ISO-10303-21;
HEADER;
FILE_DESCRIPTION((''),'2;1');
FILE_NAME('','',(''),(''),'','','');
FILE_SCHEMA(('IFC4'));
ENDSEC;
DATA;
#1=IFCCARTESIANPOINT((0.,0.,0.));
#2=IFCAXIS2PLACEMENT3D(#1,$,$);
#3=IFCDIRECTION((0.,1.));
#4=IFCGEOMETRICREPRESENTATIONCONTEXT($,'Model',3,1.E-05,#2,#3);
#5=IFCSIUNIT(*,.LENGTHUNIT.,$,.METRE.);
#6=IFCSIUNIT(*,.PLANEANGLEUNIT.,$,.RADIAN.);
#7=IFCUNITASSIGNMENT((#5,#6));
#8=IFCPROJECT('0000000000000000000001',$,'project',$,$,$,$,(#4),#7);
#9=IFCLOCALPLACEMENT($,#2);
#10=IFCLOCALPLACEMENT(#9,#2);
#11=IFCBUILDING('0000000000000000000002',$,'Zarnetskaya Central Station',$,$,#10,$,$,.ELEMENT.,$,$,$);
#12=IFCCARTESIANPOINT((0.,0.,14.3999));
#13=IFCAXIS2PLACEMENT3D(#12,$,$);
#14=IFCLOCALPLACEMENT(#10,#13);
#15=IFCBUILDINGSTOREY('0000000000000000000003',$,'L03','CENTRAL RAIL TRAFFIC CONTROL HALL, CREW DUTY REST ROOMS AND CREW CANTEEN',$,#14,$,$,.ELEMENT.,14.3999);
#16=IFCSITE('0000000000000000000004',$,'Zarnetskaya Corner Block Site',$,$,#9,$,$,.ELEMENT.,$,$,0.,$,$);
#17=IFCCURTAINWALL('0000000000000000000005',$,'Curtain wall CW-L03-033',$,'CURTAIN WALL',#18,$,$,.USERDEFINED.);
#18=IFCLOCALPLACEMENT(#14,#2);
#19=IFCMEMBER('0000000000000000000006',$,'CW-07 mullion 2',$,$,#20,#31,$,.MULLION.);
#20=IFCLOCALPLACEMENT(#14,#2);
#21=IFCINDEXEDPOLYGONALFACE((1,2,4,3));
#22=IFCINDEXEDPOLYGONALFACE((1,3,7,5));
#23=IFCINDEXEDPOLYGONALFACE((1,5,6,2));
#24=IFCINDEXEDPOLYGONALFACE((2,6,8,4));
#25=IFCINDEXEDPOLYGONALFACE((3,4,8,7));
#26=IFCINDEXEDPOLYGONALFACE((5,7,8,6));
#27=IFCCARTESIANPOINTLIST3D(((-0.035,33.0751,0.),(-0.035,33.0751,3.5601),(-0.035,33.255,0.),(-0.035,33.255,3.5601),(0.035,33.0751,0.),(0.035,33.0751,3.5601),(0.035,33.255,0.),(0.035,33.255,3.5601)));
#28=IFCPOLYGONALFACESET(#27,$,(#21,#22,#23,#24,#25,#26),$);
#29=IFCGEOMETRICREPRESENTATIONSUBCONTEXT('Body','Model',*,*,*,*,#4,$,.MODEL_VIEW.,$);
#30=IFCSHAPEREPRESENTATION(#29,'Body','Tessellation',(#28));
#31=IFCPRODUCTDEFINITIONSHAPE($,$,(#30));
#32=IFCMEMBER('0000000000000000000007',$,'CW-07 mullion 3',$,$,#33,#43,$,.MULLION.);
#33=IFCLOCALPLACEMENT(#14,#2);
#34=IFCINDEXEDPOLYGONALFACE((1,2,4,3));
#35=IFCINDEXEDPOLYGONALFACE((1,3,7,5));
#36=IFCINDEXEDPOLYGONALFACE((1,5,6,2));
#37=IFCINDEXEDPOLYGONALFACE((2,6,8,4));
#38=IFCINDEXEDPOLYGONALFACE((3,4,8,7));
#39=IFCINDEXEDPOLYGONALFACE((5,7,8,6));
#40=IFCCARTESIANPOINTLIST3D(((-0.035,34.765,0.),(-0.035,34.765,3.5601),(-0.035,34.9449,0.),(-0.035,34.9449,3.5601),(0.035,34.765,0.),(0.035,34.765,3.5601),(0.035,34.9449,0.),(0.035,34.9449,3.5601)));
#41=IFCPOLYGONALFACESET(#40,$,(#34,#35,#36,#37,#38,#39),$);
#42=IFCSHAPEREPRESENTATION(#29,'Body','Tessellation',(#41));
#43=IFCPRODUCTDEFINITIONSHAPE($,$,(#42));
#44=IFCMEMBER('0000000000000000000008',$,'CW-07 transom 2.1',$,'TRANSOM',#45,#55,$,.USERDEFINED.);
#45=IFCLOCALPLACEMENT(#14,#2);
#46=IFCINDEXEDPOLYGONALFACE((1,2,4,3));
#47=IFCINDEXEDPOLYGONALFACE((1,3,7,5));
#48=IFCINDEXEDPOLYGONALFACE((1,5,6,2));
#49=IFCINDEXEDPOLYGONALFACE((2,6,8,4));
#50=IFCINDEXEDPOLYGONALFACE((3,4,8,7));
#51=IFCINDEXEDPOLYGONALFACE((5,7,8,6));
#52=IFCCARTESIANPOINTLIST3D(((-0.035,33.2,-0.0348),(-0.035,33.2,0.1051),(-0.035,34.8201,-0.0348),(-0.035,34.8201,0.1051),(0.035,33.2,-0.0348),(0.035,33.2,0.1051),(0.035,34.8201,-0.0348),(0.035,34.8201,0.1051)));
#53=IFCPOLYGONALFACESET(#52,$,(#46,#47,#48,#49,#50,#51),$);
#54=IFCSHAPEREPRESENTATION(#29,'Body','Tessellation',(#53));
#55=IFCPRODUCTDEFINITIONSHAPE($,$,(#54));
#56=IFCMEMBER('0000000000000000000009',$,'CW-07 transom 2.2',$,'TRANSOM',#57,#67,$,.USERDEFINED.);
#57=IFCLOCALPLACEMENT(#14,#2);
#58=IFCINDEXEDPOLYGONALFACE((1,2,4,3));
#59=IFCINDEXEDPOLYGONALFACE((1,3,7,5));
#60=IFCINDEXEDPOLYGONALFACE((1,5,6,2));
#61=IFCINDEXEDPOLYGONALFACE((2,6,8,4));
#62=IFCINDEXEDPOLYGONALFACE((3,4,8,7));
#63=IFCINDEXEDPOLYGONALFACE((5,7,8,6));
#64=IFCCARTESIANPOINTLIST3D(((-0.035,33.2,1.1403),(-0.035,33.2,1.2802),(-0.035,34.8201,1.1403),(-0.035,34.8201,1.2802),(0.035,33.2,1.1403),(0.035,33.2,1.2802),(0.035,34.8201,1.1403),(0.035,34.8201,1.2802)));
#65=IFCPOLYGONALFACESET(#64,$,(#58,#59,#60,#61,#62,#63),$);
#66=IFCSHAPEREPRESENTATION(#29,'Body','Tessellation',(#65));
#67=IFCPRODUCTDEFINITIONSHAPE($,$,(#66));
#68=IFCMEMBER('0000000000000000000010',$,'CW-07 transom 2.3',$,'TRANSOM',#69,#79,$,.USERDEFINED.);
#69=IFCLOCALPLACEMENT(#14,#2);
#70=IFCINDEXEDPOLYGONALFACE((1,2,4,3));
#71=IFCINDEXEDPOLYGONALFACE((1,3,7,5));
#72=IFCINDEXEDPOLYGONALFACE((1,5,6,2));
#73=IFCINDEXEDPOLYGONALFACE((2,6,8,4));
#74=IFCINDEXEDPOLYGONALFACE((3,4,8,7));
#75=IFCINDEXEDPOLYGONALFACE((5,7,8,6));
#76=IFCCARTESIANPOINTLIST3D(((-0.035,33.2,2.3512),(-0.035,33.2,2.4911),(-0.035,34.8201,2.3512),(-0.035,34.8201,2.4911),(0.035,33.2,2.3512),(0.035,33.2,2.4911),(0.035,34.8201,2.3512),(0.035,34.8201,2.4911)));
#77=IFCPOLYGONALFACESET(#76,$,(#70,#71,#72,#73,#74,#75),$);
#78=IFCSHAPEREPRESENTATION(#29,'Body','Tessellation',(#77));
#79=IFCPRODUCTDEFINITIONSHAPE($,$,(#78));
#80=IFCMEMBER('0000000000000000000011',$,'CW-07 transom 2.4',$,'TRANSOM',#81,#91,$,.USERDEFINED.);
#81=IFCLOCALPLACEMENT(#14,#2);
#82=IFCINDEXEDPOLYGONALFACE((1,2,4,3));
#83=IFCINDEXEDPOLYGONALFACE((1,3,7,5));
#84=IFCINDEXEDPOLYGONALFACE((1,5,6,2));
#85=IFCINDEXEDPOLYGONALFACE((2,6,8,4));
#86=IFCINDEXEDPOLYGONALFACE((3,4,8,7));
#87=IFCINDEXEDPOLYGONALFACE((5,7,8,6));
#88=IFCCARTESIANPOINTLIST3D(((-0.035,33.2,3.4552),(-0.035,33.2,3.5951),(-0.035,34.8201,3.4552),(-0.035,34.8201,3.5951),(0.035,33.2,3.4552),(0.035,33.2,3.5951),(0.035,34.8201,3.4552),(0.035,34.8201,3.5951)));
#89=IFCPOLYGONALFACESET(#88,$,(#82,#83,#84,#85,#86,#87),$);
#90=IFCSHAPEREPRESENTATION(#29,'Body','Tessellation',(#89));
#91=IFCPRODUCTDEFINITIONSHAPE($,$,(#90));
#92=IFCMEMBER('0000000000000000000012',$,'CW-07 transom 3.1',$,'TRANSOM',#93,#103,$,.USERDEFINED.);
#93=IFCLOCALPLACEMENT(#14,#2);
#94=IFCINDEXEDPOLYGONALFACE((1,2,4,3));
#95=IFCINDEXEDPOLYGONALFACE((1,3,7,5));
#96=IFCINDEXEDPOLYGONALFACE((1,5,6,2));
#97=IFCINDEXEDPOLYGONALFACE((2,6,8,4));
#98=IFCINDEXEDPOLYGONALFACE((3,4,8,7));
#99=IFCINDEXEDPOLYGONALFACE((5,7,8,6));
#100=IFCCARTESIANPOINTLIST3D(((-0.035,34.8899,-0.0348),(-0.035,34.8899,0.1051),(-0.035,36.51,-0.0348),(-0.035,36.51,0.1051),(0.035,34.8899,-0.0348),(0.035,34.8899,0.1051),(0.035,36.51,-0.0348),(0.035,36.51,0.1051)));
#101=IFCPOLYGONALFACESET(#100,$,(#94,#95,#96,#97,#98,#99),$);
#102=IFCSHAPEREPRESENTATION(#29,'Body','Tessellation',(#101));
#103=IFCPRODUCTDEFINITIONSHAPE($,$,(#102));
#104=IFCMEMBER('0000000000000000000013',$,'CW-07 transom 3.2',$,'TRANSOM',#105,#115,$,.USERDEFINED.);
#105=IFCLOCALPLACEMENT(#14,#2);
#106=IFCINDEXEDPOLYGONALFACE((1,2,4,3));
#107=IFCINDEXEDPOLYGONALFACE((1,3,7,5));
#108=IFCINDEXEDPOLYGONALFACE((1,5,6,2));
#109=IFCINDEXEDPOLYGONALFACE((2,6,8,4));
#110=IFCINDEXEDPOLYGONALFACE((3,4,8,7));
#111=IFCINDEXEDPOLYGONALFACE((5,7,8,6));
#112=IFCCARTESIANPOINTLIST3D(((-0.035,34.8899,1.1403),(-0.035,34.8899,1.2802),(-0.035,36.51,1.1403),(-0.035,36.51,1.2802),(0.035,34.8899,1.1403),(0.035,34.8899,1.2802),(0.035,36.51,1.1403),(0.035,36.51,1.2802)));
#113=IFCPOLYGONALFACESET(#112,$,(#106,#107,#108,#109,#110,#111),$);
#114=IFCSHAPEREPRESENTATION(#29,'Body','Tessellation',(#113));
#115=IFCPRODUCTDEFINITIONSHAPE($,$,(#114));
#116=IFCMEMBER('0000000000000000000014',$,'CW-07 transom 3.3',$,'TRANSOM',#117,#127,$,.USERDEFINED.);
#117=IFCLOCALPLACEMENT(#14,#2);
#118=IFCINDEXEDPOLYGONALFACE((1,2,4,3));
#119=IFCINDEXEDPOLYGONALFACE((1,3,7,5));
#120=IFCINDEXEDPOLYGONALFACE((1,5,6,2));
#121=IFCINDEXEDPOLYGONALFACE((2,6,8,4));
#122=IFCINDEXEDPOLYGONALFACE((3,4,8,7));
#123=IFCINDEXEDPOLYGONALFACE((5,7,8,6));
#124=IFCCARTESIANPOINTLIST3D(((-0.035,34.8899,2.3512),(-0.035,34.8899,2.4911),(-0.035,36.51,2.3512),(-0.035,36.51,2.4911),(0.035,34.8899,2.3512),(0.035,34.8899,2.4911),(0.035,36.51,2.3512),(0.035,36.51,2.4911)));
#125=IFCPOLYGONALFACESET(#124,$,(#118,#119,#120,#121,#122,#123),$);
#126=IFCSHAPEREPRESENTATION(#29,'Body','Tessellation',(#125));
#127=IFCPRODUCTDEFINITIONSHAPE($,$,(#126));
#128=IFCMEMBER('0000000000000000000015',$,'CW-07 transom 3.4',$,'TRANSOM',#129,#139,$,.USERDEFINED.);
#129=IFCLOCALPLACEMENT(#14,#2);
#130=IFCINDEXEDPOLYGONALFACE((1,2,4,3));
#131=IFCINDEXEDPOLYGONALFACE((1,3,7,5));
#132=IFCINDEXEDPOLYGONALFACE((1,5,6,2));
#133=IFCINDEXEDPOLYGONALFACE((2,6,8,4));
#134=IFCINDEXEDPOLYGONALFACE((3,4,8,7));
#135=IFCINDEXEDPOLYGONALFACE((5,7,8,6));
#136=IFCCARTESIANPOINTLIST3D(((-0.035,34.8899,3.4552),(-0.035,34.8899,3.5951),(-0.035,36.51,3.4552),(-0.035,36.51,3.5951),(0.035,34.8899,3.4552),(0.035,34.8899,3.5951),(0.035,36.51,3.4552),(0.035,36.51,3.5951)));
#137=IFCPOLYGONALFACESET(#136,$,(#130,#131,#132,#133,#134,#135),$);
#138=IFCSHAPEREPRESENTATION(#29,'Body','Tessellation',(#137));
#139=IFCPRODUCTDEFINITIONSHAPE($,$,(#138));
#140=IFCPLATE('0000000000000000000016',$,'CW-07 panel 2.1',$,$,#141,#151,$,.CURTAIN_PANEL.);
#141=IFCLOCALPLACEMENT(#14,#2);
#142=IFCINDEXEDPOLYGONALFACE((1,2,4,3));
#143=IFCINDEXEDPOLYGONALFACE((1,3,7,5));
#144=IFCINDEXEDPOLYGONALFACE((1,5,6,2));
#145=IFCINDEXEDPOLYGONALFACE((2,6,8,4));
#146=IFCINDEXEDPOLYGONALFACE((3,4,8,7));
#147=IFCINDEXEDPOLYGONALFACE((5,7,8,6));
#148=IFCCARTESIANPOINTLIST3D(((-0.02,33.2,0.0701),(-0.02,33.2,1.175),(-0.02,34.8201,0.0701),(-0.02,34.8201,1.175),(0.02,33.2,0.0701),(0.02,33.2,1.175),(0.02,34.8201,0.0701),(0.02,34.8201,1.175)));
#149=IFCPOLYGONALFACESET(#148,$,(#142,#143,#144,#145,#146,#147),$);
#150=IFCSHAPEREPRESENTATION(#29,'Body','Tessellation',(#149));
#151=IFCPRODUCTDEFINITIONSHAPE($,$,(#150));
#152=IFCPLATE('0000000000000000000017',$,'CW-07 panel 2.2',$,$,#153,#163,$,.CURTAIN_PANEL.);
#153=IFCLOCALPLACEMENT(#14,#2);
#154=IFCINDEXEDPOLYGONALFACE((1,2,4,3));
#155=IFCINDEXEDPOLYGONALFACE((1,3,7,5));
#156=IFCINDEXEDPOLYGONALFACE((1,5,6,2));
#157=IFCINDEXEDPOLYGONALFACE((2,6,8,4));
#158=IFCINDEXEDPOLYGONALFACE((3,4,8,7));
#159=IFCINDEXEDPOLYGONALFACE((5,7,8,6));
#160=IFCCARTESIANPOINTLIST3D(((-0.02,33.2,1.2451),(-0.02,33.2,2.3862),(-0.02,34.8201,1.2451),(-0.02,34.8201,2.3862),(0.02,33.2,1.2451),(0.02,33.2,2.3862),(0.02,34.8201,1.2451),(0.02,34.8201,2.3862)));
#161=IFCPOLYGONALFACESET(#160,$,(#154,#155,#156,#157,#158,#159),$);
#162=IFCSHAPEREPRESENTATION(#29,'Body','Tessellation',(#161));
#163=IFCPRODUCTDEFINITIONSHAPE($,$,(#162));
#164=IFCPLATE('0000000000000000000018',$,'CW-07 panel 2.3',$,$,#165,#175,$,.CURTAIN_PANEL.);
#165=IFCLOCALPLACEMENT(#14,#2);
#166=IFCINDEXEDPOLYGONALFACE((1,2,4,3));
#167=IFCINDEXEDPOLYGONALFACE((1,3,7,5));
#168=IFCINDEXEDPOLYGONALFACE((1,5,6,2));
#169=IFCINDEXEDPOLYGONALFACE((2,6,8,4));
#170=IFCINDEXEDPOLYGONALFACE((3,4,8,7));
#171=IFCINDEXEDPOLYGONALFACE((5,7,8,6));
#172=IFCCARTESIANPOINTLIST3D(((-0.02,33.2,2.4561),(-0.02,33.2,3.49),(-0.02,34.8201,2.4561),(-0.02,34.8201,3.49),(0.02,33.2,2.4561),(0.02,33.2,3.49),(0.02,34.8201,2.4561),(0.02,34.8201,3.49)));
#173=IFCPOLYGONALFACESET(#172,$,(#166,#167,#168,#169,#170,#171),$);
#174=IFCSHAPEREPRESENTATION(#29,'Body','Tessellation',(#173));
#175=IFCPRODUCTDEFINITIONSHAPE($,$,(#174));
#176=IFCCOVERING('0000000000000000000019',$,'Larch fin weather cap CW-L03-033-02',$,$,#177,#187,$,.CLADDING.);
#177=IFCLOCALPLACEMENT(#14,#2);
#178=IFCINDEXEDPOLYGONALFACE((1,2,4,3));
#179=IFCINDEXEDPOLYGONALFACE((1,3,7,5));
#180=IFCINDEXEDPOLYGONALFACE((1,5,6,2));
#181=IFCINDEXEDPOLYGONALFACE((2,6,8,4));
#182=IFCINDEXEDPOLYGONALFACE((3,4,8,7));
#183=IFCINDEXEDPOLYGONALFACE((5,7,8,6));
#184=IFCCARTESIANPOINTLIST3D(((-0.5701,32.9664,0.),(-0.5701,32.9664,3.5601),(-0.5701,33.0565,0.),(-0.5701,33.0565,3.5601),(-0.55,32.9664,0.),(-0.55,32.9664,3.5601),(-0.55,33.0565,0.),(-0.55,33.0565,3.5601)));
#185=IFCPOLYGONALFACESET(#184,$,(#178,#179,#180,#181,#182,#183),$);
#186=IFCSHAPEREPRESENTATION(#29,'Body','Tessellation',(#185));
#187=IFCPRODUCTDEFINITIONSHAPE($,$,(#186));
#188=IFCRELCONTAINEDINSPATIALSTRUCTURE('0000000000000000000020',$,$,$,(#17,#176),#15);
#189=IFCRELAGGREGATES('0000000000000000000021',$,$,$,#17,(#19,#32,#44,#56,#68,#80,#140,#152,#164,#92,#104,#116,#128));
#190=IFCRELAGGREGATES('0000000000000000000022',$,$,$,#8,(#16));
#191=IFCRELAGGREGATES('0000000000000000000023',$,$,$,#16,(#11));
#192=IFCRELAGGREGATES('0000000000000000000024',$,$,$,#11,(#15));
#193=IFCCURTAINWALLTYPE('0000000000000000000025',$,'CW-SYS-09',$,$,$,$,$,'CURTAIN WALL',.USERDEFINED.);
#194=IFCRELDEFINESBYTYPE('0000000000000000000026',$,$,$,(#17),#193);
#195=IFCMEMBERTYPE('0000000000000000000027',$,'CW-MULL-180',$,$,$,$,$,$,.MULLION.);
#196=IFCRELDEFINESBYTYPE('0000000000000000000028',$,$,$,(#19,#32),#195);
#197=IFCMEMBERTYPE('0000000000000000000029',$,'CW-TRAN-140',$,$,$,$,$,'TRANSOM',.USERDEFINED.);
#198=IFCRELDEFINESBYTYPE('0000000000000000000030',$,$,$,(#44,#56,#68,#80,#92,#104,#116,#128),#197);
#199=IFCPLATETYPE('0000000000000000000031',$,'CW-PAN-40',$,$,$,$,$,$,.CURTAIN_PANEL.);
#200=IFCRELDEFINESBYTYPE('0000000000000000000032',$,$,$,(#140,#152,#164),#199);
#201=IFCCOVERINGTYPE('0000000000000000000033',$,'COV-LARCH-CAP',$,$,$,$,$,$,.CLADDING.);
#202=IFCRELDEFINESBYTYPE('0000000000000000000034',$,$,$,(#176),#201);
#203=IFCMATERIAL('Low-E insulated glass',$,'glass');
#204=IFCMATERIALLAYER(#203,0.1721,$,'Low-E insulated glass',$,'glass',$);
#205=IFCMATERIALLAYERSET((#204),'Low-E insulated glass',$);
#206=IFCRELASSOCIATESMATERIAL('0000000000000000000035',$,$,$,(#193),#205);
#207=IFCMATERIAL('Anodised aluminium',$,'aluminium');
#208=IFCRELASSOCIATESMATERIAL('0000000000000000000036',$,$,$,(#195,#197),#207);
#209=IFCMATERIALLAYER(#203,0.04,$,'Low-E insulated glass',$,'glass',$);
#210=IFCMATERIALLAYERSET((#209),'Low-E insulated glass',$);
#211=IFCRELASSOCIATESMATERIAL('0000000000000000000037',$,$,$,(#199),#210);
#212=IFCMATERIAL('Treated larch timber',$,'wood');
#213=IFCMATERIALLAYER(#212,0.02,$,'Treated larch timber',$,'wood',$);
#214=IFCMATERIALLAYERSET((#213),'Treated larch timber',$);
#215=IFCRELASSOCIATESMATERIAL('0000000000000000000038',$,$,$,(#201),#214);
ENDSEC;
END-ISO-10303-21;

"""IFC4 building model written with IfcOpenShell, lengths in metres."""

from ifc_helpers import new_model, si_unit, direction, frame, origin, origin_2d, place, context, subcontext, project, spatial, rectangle, extrude, material, layer, layer_set, material_profile, profile_set, type_object, element, aggregate, save


model = new_model("IFC4")

# Units and contexts
model_context = context("Model", 3, precision=1e-05, world=origin(), true_north=direction((0.0, 1.0)))
body_context = subcontext(model_context, "Body", "Model", "MODEL_VIEW")
ifc_project = project(units=[si_unit("LENGTHUNIT", "METRE"), si_unit("PLANEANGLEUNIT", "RADIAN")], contexts=[model_context])

# Site, building, storey
site_placement = place(None, origin())
site = spatial("IfcSite", under=ifc_project, at=site_placement, Name="Zarnetskaya Corner Block Site", CompositionType="ELEMENT", RefElevation=0.0)
building_placement = place(site_placement, origin())
building = spatial("IfcBuilding", under=site, at=building_placement, Name="Zarnetskaya Central Station", CompositionType="ELEMENT")
storey_placement = place(building_placement, frame((0.0, 0.0, 14.3999)))
storey = spatial("IfcBuildingStorey", under=building, at=storey_placement, Name="L03", Description="CENTRAL RAIL TRAFFIC CONTROL HALL, CREW DUTY REST ROOMS AND CREW CANTEEN", CompositionType="ELEMENT", Elevation=14.3999)

# Curtain wall, members, plates
ifc_material_1 = material(Name="Low-E insulated glass", Category="glass")
ifc_layer_1 = layer(ifc_material_1, 0.1721, Name="Low-E insulated glass", Category="glass")
ifc_layer_set_1 = layer_set([ifc_layer_1], Name="Low-E insulated glass")
curtain_wall_type = type_object("IfcCurtainWallType", Name="CW-SYS-09", ElementType="CURTAIN WALL", PredefinedType="USERDEFINED", material=ifc_layer_set_1)
curtain_wall_placement = place(storey_placement, origin())
curtain_wall = element("IfcCurtainWall", 1, at=curtain_wall_placement, inside=storey, type_object=curtain_wall_type, Name="Curtain wall CW-L03-033", ObjectType="CURTAIN WALL", PredefinedType="USERDEFINED")
ifc_material_2 = material(Name="Anodised aluminium", Category="aluminium")
ifc_material_profile_1 = material_profile(ifc_material_2, rectangle(XDim=0.0701, YDim=0.1799, at=origin_2d()), Name="ALU MULL 70x180")
ifc_profile_set_1 = profile_set([ifc_material_profile_1], Name="Anodised aluminium")
member_type_1 = type_object("IfcMemberType", Name="CW-MULL-180", PredefinedType="MULLION", material=ifc_profile_set_1)
member_1_placement = place(storey_placement, frame((0.0, 33.165, 0.0), z_axis=(0.0, 0.0, 1.0), x_axis=(-1.0, 0.0, 0.0)))
member_1 = element("IfcMember", 2, at=member_1_placement, type_object=member_type_1, Name="CW-07 mullion 2", PredefinedType="MULLION", context=body_context, shape_type="SweptSolid", body=[
    extrude(rectangle(XDim=0.0701, YDim=0.1799, at=origin_2d()), origin(), (0.0, 0.0, 1.0), 3.5601),
])
member_2_placement = place(storey_placement, frame((0.0, 34.855, 0.0), z_axis=(0.0, 0.0, 1.0), x_axis=(-1.0, 0.0, 0.0)))
member_2 = element("IfcMember", 3, at=member_2_placement, type_object=member_type_1, Name="CW-07 mullion 3", PredefinedType="MULLION", context=body_context, shape_type="SweptSolid", body=[
    extrude(rectangle(XDim=0.0701, YDim=0.1799, at=origin_2d()), origin(), (0.0, 0.0, 1.0), 3.5601),
])
ifc_material_profile_2 = material_profile(ifc_material_2, rectangle(XDim=0.0701, YDim=0.1399, at=origin_2d()), Name="ALU TRAN 70x140")
ifc_profile_set_2 = profile_set([ifc_material_profile_2], Name="Anodised aluminium")
member_type_2 = type_object("IfcMemberType", Name="CW-TRAN-140", ElementType="TRANSOM", PredefinedType="USERDEFINED", material=ifc_profile_set_2)
member_3_placement = place(storey_placement, frame((0.0, 33.2, 0.0352), z_axis=(0.0, 1.0, 0.0), x_axis=(-1.0, 0.0, 0.0)))
member_3 = element("IfcMember", 4, at=member_3_placement, type_object=member_type_2, Name="CW-07 transom 2.1", ObjectType="TRANSOM", PredefinedType="USERDEFINED", context=body_context, shape_type="SweptSolid", body=[
    extrude(rectangle(XDim=0.0701, YDim=0.1399, at=origin_2d()), origin(), (0.0, 0.0, 1.0), 1.6201),
])
member_4_placement = place(storey_placement, frame((0.0, 33.2, 1.2102), z_axis=(0.0, 1.0, 0.0), x_axis=(-1.0, 0.0, 0.0)))
member_4 = element("IfcMember", 5, at=member_4_placement, type_object=member_type_2, Name="CW-07 transom 2.2", ObjectType="TRANSOM", PredefinedType="USERDEFINED", context=body_context, shape_type="SweptSolid", body=[
    extrude(rectangle(XDim=0.0701, YDim=0.1399, at=origin_2d()), origin(), (0.0, 0.0, 1.0), 1.6201),
])
member_5_placement = place(storey_placement, frame((0.0, 33.2, 2.4211), z_axis=(0.0, 1.0, 0.0), x_axis=(-1.0, 0.0, 0.0)))
member_5 = element("IfcMember", 6, at=member_5_placement, type_object=member_type_2, Name="CW-07 transom 2.3", ObjectType="TRANSOM", PredefinedType="USERDEFINED", context=body_context, shape_type="SweptSolid", body=[
    extrude(rectangle(XDim=0.0701, YDim=0.1399, at=origin_2d()), origin(), (0.0, 0.0, 1.0), 1.6201),
])
member_6_placement = place(storey_placement, frame((0.0, 33.2, 3.5251), z_axis=(0.0, 1.0, 0.0), x_axis=(-1.0, 0.0, 0.0)))
member_6 = element("IfcMember", 7, at=member_6_placement, type_object=member_type_2, Name="CW-07 transom 2.4", ObjectType="TRANSOM", PredefinedType="USERDEFINED", context=body_context, shape_type="SweptSolid", body=[
    extrude(rectangle(XDim=0.0701, YDim=0.1399, at=origin_2d()), origin(), (0.0, 0.0, 1.0), 1.6201),
])
member_7_placement = place(storey_placement, frame((0.0, 34.8899, 0.0352), z_axis=(0.0, 1.0, 0.0), x_axis=(-1.0, 0.0, 0.0)))
member_7 = element("IfcMember", 8, at=member_7_placement, type_object=member_type_2, Name="CW-07 transom 3.1", ObjectType="TRANSOM", PredefinedType="USERDEFINED", context=body_context, shape_type="SweptSolid", body=[
    extrude(rectangle(XDim=0.0701, YDim=0.1399, at=origin_2d()), origin(), (0.0, 0.0, 1.0), 1.6201),
])
member_8_placement = place(storey_placement, frame((0.0, 34.8899, 1.2102), z_axis=(0.0, 1.0, 0.0), x_axis=(-1.0, 0.0, 0.0)))
member_8 = element("IfcMember", 9, at=member_8_placement, type_object=member_type_2, Name="CW-07 transom 3.2", ObjectType="TRANSOM", PredefinedType="USERDEFINED", context=body_context, shape_type="SweptSolid", body=[
    extrude(rectangle(XDim=0.0701, YDim=0.1399, at=origin_2d()), origin(), (0.0, 0.0, 1.0), 1.6201),
])
member_9_placement = place(storey_placement, frame((0.0, 34.8899, 2.4211), z_axis=(0.0, 1.0, 0.0), x_axis=(-1.0, 0.0, 0.0)))
member_9 = element("IfcMember", 10, at=member_9_placement, type_object=member_type_2, Name="CW-07 transom 3.3", ObjectType="TRANSOM", PredefinedType="USERDEFINED", context=body_context, shape_type="SweptSolid", body=[
    extrude(rectangle(XDim=0.0701, YDim=0.1399, at=origin_2d()), origin(), (0.0, 0.0, 1.0), 1.6201),
])
member_10_placement = place(storey_placement, frame((0.0, 34.8899, 3.5251), z_axis=(0.0, 1.0, 0.0), x_axis=(-1.0, 0.0, 0.0)))
member_10 = element("IfcMember", 11, at=member_10_placement, type_object=member_type_2, Name="CW-07 transom 3.4", ObjectType="TRANSOM", PredefinedType="USERDEFINED", context=body_context, shape_type="SweptSolid", body=[
    extrude(rectangle(XDim=0.0701, YDim=0.1399, at=origin_2d()), origin(), (0.0, 0.0, 1.0), 1.6201),
])
ifc_layer_2 = layer(ifc_material_1, 0.04, Name="Low-E insulated glass", Category="glass")
ifc_layer_set_2 = layer_set([ifc_layer_2], Name="Low-E insulated glass")
plate_type = type_object("IfcPlateType", Name="CW-PAN-40", PredefinedType="CURTAIN_PANEL", material=ifc_layer_set_2)
plate_1_placement = place(storey_placement, frame((0.0, 34.01, 0.0701), z_axis=(0.0, 0.0, 1.0), x_axis=(0.0, 1.0, 0.0)))
plate_1 = element("IfcPlate", 12, at=plate_1_placement, type_object=plate_type, Name="CW-07 panel 2.1", PredefinedType="CURTAIN_PANEL", context=body_context, shape_type="SweptSolid", body=[
    extrude(rectangle(XDim=1.6201, YDim=0.04, at=origin_2d()), origin(), (0.0, 0.0, 1.0), 1.105),
])
plate_2_placement = place(storey_placement, frame((0.0, 34.01, 1.2451), z_axis=(0.0, 0.0, 1.0), x_axis=(0.0, 1.0, 0.0)))
plate_2 = element("IfcPlate", 13, at=plate_2_placement, type_object=plate_type, Name="CW-07 panel 2.2", PredefinedType="CURTAIN_PANEL", context=body_context, shape_type="SweptSolid", body=[
    extrude(rectangle(XDim=1.6201, YDim=0.04, at=origin_2d()), origin(), (0.0, 0.0, 1.0), 1.1411),
])
plate_3_placement = place(storey_placement, frame((0.0, 34.01, 2.4561), z_axis=(0.0, 0.0, 1.0), x_axis=(0.0, 1.0, 0.0)))
plate_3 = element("IfcPlate", 14, at=plate_3_placement, type_object=plate_type, Name="CW-07 panel 2.3", PredefinedType="CURTAIN_PANEL", context=body_context, shape_type="SweptSolid", body=[
    extrude(rectangle(XDim=1.6201, YDim=0.04, at=origin_2d()), origin(), (0.0, 0.0, 1.0), 1.0339),
])
aggregate(curtain_wall, [member_1, member_2, member_3, member_4, member_5, member_6, plate_1, plate_2, plate_3, member_7, member_8, member_9, member_10])

# Covering
ifc_material_3 = material(Name="Treated larch timber", Category="wood")
ifc_layer_3 = layer(ifc_material_3, 0.02, Name="Treated larch timber", Category="wood")
ifc_layer_set_3 = layer_set([ifc_layer_3], Name="Treated larch timber")
covering_type = type_object("IfcCoveringType", Name="COV-LARCH-CAP", PredefinedType="CLADDING", material=ifc_layer_set_3)
for number, where, z_axis, x_axis, name in (
    (15, (-0.5601, 33.0115, 0.0), (0.0, 0.0, 1.0), (0.0, 1.0, 0.0), "Larch fin weather cap CW-L03-033-02"),
):
    element("IfcCovering", number, at=place(storey_placement, frame(where, z_axis=z_axis, x_axis=x_axis)), inside=storey, type_object=covering_type, Name=name, PredefinedType="CLADDING", context=body_context, shape_type="SweptSolid", body=[
        extrude(rectangle(XDim=0.0901, YDim=0.02, at=origin_2d()), origin(), (0.0, 0.0, 1.0), 3.5601),
    ])

save(model, "model.ifc")
